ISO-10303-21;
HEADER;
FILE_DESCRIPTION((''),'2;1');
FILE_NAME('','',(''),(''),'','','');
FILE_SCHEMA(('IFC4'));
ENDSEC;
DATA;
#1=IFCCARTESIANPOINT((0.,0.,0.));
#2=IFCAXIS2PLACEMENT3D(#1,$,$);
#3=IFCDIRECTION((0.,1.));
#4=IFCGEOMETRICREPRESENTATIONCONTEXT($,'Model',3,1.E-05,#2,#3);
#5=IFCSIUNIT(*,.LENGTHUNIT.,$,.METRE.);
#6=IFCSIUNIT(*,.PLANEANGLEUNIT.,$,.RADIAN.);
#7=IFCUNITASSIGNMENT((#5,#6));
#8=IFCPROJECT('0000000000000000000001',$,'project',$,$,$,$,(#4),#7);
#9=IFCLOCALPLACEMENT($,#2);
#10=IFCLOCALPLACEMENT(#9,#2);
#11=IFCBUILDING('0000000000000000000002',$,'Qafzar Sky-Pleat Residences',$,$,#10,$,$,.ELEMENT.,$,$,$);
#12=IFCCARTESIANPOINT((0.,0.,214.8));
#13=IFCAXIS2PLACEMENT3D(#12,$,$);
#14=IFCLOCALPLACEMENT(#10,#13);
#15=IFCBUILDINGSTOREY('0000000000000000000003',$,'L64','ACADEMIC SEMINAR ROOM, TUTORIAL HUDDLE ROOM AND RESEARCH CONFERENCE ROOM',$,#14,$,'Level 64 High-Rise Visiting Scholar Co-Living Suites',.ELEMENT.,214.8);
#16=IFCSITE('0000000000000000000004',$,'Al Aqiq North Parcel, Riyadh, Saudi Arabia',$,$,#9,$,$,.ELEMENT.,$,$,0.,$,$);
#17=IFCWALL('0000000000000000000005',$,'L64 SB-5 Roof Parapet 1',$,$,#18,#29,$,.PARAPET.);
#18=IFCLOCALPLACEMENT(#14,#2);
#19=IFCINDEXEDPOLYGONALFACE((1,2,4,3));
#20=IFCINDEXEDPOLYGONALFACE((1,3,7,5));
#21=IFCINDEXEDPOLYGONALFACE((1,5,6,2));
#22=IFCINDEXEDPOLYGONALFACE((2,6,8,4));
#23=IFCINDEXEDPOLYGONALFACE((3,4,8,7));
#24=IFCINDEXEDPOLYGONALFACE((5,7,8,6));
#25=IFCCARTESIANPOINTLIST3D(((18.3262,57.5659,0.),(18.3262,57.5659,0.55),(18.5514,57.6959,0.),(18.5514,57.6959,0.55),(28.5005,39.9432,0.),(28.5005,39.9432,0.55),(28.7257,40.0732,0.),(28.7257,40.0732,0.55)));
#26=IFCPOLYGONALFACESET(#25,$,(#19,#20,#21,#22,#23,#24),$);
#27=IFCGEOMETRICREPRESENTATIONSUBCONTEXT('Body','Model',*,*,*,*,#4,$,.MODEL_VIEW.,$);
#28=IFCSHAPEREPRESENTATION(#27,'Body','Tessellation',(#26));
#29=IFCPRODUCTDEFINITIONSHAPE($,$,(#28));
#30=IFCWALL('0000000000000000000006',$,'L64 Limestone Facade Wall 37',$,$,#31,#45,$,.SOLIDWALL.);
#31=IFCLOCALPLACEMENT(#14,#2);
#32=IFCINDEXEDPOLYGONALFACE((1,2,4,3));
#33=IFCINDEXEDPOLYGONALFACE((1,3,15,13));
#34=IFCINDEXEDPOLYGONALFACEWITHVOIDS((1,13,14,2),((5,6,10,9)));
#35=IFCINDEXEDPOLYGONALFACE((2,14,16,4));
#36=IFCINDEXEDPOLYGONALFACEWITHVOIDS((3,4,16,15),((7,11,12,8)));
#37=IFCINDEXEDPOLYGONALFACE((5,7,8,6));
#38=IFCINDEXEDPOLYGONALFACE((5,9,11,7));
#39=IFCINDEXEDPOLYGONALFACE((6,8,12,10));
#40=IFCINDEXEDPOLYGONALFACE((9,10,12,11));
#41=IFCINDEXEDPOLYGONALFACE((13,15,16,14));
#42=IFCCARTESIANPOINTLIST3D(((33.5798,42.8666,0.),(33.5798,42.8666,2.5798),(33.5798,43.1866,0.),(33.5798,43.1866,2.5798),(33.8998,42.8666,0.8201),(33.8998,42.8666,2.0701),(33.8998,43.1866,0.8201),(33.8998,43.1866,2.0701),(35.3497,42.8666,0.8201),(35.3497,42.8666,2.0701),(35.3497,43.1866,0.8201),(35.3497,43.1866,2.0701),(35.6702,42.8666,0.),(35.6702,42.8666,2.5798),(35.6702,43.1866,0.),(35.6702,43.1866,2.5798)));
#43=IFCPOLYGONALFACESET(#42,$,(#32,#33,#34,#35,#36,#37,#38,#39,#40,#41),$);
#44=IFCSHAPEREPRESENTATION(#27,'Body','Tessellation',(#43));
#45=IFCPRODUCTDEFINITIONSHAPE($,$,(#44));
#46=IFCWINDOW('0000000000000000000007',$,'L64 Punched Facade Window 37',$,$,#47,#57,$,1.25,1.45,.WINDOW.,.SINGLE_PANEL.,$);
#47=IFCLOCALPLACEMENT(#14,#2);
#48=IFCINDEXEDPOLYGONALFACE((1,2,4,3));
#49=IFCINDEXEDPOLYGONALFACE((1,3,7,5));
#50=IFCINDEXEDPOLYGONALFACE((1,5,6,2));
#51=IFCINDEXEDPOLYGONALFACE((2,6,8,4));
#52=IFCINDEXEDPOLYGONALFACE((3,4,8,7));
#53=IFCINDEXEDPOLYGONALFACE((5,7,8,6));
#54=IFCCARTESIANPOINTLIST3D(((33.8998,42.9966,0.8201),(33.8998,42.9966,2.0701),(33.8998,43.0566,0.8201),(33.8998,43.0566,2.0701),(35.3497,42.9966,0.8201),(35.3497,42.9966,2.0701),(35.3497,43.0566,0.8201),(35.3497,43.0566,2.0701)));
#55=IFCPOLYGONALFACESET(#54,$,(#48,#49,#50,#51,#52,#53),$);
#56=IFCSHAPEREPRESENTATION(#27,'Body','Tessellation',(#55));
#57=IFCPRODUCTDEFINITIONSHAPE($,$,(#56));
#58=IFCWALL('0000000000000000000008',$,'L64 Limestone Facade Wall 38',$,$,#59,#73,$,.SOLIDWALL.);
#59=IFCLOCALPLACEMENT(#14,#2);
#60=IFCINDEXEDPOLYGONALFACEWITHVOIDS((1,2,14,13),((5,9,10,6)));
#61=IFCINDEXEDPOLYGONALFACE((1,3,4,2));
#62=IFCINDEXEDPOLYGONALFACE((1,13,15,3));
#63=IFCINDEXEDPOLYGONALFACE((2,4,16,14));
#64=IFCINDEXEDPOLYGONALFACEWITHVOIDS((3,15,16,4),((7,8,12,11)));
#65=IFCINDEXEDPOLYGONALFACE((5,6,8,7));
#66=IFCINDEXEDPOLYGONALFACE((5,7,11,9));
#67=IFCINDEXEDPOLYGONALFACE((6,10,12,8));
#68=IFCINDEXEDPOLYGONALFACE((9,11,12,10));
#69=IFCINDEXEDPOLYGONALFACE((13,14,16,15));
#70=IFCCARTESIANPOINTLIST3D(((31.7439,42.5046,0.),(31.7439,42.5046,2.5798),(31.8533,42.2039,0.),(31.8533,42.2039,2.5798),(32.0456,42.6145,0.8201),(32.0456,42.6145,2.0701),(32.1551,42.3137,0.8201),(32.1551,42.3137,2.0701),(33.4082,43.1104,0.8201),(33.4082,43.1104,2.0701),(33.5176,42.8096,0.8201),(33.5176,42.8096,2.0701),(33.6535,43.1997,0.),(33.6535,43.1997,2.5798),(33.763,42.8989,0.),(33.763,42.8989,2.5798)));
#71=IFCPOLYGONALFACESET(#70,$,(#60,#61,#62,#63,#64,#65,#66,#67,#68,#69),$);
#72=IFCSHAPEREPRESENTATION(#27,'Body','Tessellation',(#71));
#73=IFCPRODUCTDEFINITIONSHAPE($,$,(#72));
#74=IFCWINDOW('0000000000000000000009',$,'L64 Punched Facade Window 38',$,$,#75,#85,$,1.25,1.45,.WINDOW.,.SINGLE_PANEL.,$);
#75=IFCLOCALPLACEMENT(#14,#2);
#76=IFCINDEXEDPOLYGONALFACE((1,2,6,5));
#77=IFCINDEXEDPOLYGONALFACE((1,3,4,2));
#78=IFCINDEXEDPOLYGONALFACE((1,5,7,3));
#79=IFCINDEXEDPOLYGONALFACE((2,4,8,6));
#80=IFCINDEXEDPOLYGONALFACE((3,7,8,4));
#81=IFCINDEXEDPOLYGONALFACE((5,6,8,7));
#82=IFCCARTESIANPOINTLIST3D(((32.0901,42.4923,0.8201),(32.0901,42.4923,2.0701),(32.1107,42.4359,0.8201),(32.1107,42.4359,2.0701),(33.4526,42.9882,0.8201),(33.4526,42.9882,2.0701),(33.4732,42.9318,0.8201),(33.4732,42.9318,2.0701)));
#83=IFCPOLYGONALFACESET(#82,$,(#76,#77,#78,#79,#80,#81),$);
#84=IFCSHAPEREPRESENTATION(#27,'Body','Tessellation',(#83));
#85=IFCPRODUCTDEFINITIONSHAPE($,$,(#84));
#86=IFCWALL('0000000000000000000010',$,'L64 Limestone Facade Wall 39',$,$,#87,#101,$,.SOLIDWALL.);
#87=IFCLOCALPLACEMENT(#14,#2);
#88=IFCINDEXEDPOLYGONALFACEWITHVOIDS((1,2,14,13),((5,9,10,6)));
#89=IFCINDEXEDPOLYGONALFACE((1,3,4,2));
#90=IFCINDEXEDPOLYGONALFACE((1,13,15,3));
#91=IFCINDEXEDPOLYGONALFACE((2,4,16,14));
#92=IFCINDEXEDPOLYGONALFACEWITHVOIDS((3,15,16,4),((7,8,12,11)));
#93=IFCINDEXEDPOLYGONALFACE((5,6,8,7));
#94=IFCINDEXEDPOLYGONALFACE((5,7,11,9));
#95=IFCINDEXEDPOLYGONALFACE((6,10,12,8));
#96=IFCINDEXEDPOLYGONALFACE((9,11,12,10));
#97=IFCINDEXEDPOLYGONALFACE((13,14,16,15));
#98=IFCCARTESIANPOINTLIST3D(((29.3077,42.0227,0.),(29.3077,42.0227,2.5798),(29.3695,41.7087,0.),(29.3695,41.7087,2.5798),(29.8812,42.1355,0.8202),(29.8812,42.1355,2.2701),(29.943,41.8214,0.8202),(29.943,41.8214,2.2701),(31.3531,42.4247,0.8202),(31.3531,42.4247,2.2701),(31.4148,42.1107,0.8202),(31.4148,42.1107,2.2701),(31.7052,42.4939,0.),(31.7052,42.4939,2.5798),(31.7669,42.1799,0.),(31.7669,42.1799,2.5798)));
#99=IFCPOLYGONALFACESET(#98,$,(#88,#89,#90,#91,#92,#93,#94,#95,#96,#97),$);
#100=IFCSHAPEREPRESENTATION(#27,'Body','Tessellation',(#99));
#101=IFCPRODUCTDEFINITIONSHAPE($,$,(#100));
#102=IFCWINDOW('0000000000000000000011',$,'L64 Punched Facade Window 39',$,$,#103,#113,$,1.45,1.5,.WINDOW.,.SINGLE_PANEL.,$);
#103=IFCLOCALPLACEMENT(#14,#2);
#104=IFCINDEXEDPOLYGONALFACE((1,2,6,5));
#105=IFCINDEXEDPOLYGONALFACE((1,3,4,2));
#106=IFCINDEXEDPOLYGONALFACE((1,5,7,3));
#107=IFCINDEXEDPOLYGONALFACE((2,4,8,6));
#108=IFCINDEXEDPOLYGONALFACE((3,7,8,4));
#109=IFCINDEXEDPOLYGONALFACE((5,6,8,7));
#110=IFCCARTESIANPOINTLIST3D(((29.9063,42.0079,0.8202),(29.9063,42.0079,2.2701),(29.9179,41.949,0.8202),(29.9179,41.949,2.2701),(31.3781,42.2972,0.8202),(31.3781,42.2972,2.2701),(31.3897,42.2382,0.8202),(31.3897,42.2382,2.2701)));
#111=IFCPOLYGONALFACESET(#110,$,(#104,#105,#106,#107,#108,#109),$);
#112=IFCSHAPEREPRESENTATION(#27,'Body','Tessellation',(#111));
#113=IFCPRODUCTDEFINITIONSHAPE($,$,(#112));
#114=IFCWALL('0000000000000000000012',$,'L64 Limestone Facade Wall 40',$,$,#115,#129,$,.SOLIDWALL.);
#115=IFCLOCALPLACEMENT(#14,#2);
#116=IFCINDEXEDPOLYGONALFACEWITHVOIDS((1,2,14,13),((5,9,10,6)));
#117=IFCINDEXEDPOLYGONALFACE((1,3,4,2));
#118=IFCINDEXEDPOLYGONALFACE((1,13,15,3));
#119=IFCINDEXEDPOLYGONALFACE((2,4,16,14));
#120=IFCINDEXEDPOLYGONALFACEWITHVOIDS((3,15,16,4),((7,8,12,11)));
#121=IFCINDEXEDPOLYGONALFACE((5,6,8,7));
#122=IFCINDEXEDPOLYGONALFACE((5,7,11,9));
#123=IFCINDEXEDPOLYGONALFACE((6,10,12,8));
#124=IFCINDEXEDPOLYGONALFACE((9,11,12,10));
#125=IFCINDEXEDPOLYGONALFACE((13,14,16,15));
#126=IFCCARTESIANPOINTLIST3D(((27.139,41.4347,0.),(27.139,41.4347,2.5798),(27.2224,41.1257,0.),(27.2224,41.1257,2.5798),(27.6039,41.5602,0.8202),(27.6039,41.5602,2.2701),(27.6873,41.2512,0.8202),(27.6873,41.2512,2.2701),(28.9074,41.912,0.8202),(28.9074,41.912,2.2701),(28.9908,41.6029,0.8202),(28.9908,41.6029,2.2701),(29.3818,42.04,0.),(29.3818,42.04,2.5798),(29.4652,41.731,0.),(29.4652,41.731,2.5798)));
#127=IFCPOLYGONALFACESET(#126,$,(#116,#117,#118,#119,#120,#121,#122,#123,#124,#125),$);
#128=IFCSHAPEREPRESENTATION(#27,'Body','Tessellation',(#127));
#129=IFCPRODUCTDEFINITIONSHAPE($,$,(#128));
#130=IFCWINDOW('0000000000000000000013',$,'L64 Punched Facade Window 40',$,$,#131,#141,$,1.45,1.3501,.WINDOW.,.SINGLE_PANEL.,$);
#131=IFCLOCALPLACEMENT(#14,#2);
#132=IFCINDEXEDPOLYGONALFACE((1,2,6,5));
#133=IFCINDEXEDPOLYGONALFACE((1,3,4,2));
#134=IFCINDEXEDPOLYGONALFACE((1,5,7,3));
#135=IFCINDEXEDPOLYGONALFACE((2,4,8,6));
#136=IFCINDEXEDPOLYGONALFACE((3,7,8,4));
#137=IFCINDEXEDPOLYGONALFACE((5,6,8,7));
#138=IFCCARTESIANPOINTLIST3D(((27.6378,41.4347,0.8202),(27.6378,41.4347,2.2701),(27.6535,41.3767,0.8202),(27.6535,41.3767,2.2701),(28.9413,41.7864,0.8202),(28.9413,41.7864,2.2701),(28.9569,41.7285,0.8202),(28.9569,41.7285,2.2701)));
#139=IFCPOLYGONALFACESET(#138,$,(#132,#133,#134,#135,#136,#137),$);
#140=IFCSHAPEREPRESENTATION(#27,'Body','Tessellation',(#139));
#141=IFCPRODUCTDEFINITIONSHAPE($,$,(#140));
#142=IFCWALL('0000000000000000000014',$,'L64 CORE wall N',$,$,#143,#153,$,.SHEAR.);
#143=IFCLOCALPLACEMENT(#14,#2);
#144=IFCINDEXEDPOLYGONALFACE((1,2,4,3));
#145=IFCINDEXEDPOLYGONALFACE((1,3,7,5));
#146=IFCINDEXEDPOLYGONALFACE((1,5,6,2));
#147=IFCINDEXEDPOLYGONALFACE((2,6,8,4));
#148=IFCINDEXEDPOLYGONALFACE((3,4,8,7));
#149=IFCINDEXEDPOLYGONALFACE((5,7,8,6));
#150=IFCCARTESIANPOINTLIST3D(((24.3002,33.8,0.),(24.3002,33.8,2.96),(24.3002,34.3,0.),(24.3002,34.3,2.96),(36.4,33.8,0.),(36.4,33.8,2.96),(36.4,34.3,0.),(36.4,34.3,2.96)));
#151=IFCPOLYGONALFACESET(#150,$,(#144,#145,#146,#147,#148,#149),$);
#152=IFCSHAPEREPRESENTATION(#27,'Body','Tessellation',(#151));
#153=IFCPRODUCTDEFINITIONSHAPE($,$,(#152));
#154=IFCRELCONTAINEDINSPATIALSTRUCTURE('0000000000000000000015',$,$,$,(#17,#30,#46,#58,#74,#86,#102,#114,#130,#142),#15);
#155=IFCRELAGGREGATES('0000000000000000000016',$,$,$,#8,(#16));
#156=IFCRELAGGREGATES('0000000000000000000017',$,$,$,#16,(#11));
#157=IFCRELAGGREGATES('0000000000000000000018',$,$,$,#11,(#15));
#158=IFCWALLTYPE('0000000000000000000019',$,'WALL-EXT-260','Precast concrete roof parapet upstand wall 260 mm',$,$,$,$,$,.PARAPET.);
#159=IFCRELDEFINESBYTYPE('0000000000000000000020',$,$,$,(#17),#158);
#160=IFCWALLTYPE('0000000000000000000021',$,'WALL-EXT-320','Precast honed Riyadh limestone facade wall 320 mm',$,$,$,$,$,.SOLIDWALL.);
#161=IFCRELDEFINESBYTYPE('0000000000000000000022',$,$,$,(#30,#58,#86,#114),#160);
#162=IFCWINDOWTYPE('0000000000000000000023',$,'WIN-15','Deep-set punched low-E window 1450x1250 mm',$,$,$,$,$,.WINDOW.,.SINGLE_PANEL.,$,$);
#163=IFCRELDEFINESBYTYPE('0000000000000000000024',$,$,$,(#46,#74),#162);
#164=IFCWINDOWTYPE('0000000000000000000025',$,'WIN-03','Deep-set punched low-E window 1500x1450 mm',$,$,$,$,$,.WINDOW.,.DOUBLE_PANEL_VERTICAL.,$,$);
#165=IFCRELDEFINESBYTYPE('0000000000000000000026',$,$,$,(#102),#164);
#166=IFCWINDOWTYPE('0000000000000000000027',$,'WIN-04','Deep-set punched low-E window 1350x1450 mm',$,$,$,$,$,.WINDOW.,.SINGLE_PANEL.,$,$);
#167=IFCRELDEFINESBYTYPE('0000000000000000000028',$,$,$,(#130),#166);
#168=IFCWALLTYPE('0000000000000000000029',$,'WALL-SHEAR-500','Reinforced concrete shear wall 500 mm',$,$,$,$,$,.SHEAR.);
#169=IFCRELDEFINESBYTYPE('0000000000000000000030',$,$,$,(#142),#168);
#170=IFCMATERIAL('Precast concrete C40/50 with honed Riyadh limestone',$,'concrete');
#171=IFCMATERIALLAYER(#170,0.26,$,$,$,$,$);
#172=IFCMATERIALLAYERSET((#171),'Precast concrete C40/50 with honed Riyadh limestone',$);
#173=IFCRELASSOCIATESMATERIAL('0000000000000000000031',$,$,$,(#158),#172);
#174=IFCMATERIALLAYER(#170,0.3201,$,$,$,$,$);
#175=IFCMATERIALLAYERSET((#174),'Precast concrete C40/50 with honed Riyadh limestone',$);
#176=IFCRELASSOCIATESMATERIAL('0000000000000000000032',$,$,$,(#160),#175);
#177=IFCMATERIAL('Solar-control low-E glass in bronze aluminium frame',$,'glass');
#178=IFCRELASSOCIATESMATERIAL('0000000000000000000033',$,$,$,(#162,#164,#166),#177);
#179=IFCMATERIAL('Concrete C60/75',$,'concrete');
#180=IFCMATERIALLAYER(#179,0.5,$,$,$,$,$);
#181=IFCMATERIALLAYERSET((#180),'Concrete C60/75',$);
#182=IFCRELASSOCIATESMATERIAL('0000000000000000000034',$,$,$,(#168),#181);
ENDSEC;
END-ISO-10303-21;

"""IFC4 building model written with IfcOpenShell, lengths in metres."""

from ifc_helpers import new_model, si_unit, direction, frame, frame_2d, origin, place, context, subcontext, project, spatial, rectangle, extrude, source, transform, mapped, material, layer, layer_set, type_object, element, fill, save


model = new_model("IFC4")

# Units and contexts
model_context = context("Model", 3, precision=1e-05, world=origin(), true_north=direction((0.0, 1.0)))
body_context = subcontext(model_context, "Body", "Model", "MODEL_VIEW")
ifc_project = project(units=[si_unit("LENGTHUNIT", "METRE"), si_unit("PLANEANGLEUNIT", "RADIAN")], contexts=[model_context])

# Site, building, storey
site_placement = place(None, origin())
site = spatial("IfcSite", under=ifc_project, at=site_placement, Name="Al Aqiq North Parcel, Riyadh, Saudi Arabia", CompositionType="ELEMENT", RefElevation=0.0)
building_placement = place(site_placement, origin())
building = spatial("IfcBuilding", under=site, at=building_placement, Name="Qafzar Sky-Pleat Residences", CompositionType="ELEMENT")
storey_placement = place(building_placement, frame((0.0, 0.0, 214.8)))
storey = spatial("IfcBuildingStorey", under=building, at=storey_placement, Name="L64", Description="ACADEMIC SEMINAR ROOM, TUTORIAL HUDDLE ROOM AND RESEARCH CONFERENCE ROOM", LongName="Level 64 High-Rise Visiting Scholar Co-Living Suites", CompositionType="ELEMENT", Elevation=214.8)

# Wall
ifc_material_1 = material(Name="Precast concrete C40/50 with honed Riyadh limestone", Category="concrete")
ifc_layer_1 = layer(ifc_material_1, 0.26)
ifc_layer_set_1 = layer_set([ifc_layer_1], Name="Precast concrete C40/50 with honed Riyadh limestone")
wall_type_1 = type_object("IfcWallType", Name="WALL-EXT-260", Description="Precast concrete roof parapet upstand wall 260 mm", PredefinedType="PARAPET", material=ifc_layer_set_1)
wall_1_placement = place(storey_placement, frame((28.613, 40.0083, 0.0), z_axis=(0.0, 0.0, 1.0), x_axis=(-0.499992, 0.86603, 0.0)))
element("IfcWall", 1, at=wall_1_placement, inside=storey, type_object=wall_type_1, Name="L64 SB-5 Roof Parapet 1", PredefinedType="PARAPET", context=body_context, shape_type="SweptSolid", body=[
    extrude(rectangle(XDim=20.3489, YDim=0.26, at=frame_2d((10.1743, 0.0))), origin(), (0.0, 0.0, 1.0), 0.55),
])

# Walls, openings, windows
ifc_layer_2 = layer(ifc_material_1, 0.3201)
ifc_layer_set_2 = layer_set([ifc_layer_2], Name="Precast concrete C40/50 with honed Riyadh limestone")
wall_type_2 = type_object("IfcWallType", Name="WALL-EXT-320", Description="Precast honed Riyadh limestone facade wall 320 mm", PredefinedType="SOLIDWALL", material=ifc_layer_set_2)
wall_2_placement = place(storey_placement, frame((35.6702, 43.0266, 0.0), z_axis=(0.0, 0.0, 1.0), x_axis=(-1.0, 0.0, 0.0)))
wall_2 = element("IfcWall", 2, at=wall_2_placement, inside=storey, type_object=wall_type_2, Name="L64 Limestone Facade Wall 37", PredefinedType="SOLIDWALL", context=body_context, shape_type="SweptSolid", body=[
    extrude(rectangle(XDim=2.0903, YDim=0.3201, at=frame_2d((1.0452, 0.0))), origin(), (0.0, 0.0, 1.0), 2.5798),
])
opening_1_placement = place(wall_2_placement, frame((0.3203, 0.0, 0.8201)))
opening_1 = element("IfcOpeningElement", 3, at=opening_1_placement, cuts=wall_2, PredefinedType="OPENING", context=body_context, shape_type="SweptSolid", body=[
    extrude(rectangle(XDim=1.45, YDim=1.25, at=frame_2d((0.7251, 0.625))), frame((0.0, 0.1699, 0.0), z_axis=(0.0, -1.0, 0.0), x_axis=(1.0, 0.0, 0.0)), (0.0, 0.0, 1.0), 0.3401),
])
ifc_material_2 = material(Name="Solar-control low-E glass in bronze aluminium frame", Category="glass")
window_type_1 = type_object("IfcWindowType", Name="WIN-15", Description="Deep-set punched low-E window 1450x1250 mm", PartitioningType="SINGLE_PANEL", PredefinedType="WINDOW", material=ifc_material_2)
shared_shape_1 = source(origin(), body_context, "Body", "SweptSolid", [
    extrude(rectangle(XDim=1.45, YDim=1.25, at=frame_2d((0.7251, 0.625))), frame((0.0, 0.03, 0.0), z_axis=(0.0, -1.0, 0.0), x_axis=(1.0, 0.0, 0.0)), (0.0, 0.0, 1.0), 0.0601),
])
window_1_placement = place(opening_1_placement, origin())
window_1 = element("IfcWindow", 4, at=window_1_placement, inside=storey, type_object=window_type_1, Name="L64 Punched Facade Window 37", OverallHeight=1.25, OverallWidth=1.45, PartitioningType="SINGLE_PANEL", PredefinedType="WINDOW", context=body_context, shape_type="MappedRepresentation", body=[
    mapped(shared_shape_1, transform((0.0, 0.0, 0.0), x_axis=(1.0, 0.0, 0.0), y_axis=(0.0, 1.0, 0.0), z_axis=(0.0, 0.0, 1.0), scale=1.0)),
])
fill(opening_1, window_1)
wall_3_placement = place(storey_placement, frame((33.7083, 43.0493, 0.0), z_axis=(0.0, 0.0, 1.0), x_axis=(-0.939692, -0.342023, 0.0)))
wall_3 = element("IfcWall", 5, at=wall_3_placement, inside=storey, type_object=wall_type_2, Name="L64 Limestone Facade Wall 38", PredefinedType="SOLIDWALL", context=body_context, shape_type="SweptSolid", body=[
    extrude(rectangle(XDim=2.0322, YDim=0.3201, at=frame_2d((1.0161, 0.0))), origin(), (0.0, 0.0, 1.0), 2.5798),
])
opening_2_placement = place(wall_3_placement, frame((0.261, 0.0, 0.8201)))
opening_2 = element("IfcOpeningElement", 6, at=opening_2_placement, cuts=wall_3, PredefinedType="OPENING", context=body_context, shape_type="SweptSolid", body=[
    extrude(rectangle(XDim=1.45, YDim=1.25, at=frame_2d((0.7251, 0.625))), frame((0.0, 0.1699, 0.0), z_axis=(0.0, -1.0, 0.0), x_axis=(1.0, 0.0, 0.0)), (0.0, 0.0, 1.0), 0.3401),
])
window_2_placement = place(opening_2_placement, origin())
window_2 = element("IfcWindow", 7, at=window_2_placement, inside=storey, type_object=window_type_1, Name="L64 Punched Facade Window 38", OverallHeight=1.25, OverallWidth=1.45, PartitioningType="SINGLE_PANEL", PredefinedType="WINDOW", context=body_context, shape_type="MappedRepresentation", body=[
    mapped(shared_shape_1, transform((0.0, 0.0, 0.0), x_axis=(1.0, 0.0, 0.0), y_axis=(0.0, 1.0, 0.0), z_axis=(0.0, 0.0, 1.0), scale=1.0)),
])
fill(opening_2, window_2)
wall_4_placement = place(storey_placement, frame((31.7361, 42.3369, 0.0), z_axis=(0.0, 0.0, 1.0), x_axis=(-0.981229, -0.192848, 0.0)))
wall_4 = element("IfcWall", 8, at=wall_4_placement, inside=storey, type_object=wall_type_2, Name="L64 Limestone Facade Wall 39", PredefinedType="SOLIDWALL", context=body_context, shape_type="SweptSolid", body=[
    extrude(rectangle(XDim=2.4434, YDim=0.3201, at=frame_2d((1.2217, 0.0))), origin(), (0.0, 0.0, 1.0), 2.5798),
])
opening_3_placement = place(wall_4_placement, frame((0.3589, 0.0, 0.8201)))
opening_3 = element("IfcOpeningElement", 9, at=opening_3_placement, cuts=wall_4, PredefinedType="OPENING", context=body_context, shape_type="SweptSolid", body=[
    extrude(rectangle(XDim=1.5, YDim=1.45, at=frame_2d((0.75, 0.7251))), frame((0.0, 0.1699, 0.0), z_axis=(0.0, -1.0, 0.0), x_axis=(1.0, 0.0, 0.0)), (0.0, 0.0, 1.0), 0.3401),
])
window_type_2 = type_object("IfcWindowType", Name="WIN-03", Description="Deep-set punched low-E window 1500x1450 mm", PartitioningType="DOUBLE_PANEL_VERTICAL", PredefinedType="WINDOW", material=ifc_material_2)
shared_shape_2 = source(origin(), body_context, "Body", "SweptSolid", [
    extrude(rectangle(XDim=1.5, YDim=1.45, at=frame_2d((0.75, 0.7251))), frame((0.0, 0.03, 0.0), z_axis=(0.0, -1.0, 0.0), x_axis=(1.0, 0.0, 0.0)), (0.0, 0.0, 1.0), 0.0601),
])
window_3_placement = place(opening_3_placement, origin())
window_3 = element("IfcWindow", 10, at=window_3_placement, inside=storey, type_object=window_type_2, Name="L64 Punched Facade Window 39", OverallHeight=1.45, OverallWidth=1.5, PartitioningType="SINGLE_PANEL", PredefinedType="WINDOW", context=body_context, shape_type="MappedRepresentation", body=[
    mapped(shared_shape_2, transform((0.0, 0.0, 0.0), x_axis=(1.0, 0.0, 0.0), y_axis=(0.0, 1.0, 0.0), z_axis=(0.0, 0.0, 1.0), scale=1.0)),
])
fill(opening_3, window_3)
wall_5_placement = place(storey_placement, frame((29.4236, 41.8855, 0.0), z_axis=(0.0, 0.0, 1.0), x_axis=(-0.965461, -0.260546, 0.0)))
wall_5 = element("IfcWall", 11, at=wall_5_placement, inside=storey, type_object=wall_type_2, Name="L64 Limestone Facade Wall 40", PredefinedType="SOLIDWALL", context=body_context, shape_type="SweptSolid", body=[
    extrude(rectangle(XDim=2.323, YDim=0.3201, at=frame_2d((1.1616, 0.0))), origin(), (0.0, 0.0, 1.0), 2.5798),
])
opening_4_placement = place(wall_5_placement, frame((0.4915, 0.0, 0.8201)))
opening_4 = element("IfcOpeningElement", 12, at=opening_4_placement, cuts=wall_5, PredefinedType="OPENING", context=body_context, shape_type="SweptSolid", body=[
    extrude(rectangle(XDim=1.3501, YDim=1.45, at=frame_2d((0.675, 0.7251))), frame((0.0, 0.1699, 0.0), z_axis=(0.0, -1.0, 0.0), x_axis=(1.0, 0.0, 0.0)), (0.0, 0.0, 1.0), 0.3401),
])
window_type_3 = type_object("IfcWindowType", Name="WIN-04", Description="Deep-set punched low-E window 1350x1450 mm", PartitioningType="SINGLE_PANEL", PredefinedType="WINDOW", material=ifc_material_2)
shared_shape_3 = source(origin(), body_context, "Body", "SweptSolid", [
    extrude(rectangle(XDim=1.3501, YDim=1.45, at=frame_2d((0.675, 0.7251))), frame((0.0, 0.03, 0.0), z_axis=(0.0, -1.0, 0.0), x_axis=(1.0, 0.0, 0.0)), (0.0, 0.0, 1.0), 0.0601),
])
window_4_placement = place(opening_4_placement, origin())
window_4 = element("IfcWindow", 13, at=window_4_placement, inside=storey, type_object=window_type_3, Name="L64 Punched Facade Window 40", OverallHeight=1.45, OverallWidth=1.3501, PartitioningType="SINGLE_PANEL", PredefinedType="WINDOW", context=body_context, shape_type="MappedRepresentation", body=[
    mapped(shared_shape_3, transform((0.0, 0.0, 0.0), x_axis=(1.0, 0.0, 0.0), y_axis=(0.0, 1.0, 0.0), z_axis=(0.0, 0.0, 1.0), scale=1.0)),
])
fill(opening_4, window_4)

# Wall
ifc_material_3 = material(Name="Concrete C60/75", Category="concrete")
ifc_layer_3 = layer(ifc_material_3, 0.5)
ifc_layer_set_3 = layer_set([ifc_layer_3], Name="Concrete C60/75")
wall_type_3 = type_object("IfcWallType", Name="WALL-SHEAR-500", Description="Reinforced concrete shear wall 500 mm", PredefinedType="SHEAR", material=ifc_layer_set_3)
wall_6_placement = place(storey_placement, frame((36.3999, 34.05, 0.0), z_axis=(0.0, 0.0, 1.0), x_axis=(-1.0, 0.0, 0.0)))
element("IfcWall", 14, at=wall_6_placement, inside=storey, type_object=wall_type_3, Name="L64 CORE wall N", PredefinedType="SHEAR", context=body_context, shape_type="SweptSolid", body=[
    extrude(rectangle(XDim=12.0999, YDim=0.5, at=frame_2d((6.0498, 0.0))), origin(), (0.0, 0.0, 1.0), 2.96),
])

save(model, "model.ifc")
